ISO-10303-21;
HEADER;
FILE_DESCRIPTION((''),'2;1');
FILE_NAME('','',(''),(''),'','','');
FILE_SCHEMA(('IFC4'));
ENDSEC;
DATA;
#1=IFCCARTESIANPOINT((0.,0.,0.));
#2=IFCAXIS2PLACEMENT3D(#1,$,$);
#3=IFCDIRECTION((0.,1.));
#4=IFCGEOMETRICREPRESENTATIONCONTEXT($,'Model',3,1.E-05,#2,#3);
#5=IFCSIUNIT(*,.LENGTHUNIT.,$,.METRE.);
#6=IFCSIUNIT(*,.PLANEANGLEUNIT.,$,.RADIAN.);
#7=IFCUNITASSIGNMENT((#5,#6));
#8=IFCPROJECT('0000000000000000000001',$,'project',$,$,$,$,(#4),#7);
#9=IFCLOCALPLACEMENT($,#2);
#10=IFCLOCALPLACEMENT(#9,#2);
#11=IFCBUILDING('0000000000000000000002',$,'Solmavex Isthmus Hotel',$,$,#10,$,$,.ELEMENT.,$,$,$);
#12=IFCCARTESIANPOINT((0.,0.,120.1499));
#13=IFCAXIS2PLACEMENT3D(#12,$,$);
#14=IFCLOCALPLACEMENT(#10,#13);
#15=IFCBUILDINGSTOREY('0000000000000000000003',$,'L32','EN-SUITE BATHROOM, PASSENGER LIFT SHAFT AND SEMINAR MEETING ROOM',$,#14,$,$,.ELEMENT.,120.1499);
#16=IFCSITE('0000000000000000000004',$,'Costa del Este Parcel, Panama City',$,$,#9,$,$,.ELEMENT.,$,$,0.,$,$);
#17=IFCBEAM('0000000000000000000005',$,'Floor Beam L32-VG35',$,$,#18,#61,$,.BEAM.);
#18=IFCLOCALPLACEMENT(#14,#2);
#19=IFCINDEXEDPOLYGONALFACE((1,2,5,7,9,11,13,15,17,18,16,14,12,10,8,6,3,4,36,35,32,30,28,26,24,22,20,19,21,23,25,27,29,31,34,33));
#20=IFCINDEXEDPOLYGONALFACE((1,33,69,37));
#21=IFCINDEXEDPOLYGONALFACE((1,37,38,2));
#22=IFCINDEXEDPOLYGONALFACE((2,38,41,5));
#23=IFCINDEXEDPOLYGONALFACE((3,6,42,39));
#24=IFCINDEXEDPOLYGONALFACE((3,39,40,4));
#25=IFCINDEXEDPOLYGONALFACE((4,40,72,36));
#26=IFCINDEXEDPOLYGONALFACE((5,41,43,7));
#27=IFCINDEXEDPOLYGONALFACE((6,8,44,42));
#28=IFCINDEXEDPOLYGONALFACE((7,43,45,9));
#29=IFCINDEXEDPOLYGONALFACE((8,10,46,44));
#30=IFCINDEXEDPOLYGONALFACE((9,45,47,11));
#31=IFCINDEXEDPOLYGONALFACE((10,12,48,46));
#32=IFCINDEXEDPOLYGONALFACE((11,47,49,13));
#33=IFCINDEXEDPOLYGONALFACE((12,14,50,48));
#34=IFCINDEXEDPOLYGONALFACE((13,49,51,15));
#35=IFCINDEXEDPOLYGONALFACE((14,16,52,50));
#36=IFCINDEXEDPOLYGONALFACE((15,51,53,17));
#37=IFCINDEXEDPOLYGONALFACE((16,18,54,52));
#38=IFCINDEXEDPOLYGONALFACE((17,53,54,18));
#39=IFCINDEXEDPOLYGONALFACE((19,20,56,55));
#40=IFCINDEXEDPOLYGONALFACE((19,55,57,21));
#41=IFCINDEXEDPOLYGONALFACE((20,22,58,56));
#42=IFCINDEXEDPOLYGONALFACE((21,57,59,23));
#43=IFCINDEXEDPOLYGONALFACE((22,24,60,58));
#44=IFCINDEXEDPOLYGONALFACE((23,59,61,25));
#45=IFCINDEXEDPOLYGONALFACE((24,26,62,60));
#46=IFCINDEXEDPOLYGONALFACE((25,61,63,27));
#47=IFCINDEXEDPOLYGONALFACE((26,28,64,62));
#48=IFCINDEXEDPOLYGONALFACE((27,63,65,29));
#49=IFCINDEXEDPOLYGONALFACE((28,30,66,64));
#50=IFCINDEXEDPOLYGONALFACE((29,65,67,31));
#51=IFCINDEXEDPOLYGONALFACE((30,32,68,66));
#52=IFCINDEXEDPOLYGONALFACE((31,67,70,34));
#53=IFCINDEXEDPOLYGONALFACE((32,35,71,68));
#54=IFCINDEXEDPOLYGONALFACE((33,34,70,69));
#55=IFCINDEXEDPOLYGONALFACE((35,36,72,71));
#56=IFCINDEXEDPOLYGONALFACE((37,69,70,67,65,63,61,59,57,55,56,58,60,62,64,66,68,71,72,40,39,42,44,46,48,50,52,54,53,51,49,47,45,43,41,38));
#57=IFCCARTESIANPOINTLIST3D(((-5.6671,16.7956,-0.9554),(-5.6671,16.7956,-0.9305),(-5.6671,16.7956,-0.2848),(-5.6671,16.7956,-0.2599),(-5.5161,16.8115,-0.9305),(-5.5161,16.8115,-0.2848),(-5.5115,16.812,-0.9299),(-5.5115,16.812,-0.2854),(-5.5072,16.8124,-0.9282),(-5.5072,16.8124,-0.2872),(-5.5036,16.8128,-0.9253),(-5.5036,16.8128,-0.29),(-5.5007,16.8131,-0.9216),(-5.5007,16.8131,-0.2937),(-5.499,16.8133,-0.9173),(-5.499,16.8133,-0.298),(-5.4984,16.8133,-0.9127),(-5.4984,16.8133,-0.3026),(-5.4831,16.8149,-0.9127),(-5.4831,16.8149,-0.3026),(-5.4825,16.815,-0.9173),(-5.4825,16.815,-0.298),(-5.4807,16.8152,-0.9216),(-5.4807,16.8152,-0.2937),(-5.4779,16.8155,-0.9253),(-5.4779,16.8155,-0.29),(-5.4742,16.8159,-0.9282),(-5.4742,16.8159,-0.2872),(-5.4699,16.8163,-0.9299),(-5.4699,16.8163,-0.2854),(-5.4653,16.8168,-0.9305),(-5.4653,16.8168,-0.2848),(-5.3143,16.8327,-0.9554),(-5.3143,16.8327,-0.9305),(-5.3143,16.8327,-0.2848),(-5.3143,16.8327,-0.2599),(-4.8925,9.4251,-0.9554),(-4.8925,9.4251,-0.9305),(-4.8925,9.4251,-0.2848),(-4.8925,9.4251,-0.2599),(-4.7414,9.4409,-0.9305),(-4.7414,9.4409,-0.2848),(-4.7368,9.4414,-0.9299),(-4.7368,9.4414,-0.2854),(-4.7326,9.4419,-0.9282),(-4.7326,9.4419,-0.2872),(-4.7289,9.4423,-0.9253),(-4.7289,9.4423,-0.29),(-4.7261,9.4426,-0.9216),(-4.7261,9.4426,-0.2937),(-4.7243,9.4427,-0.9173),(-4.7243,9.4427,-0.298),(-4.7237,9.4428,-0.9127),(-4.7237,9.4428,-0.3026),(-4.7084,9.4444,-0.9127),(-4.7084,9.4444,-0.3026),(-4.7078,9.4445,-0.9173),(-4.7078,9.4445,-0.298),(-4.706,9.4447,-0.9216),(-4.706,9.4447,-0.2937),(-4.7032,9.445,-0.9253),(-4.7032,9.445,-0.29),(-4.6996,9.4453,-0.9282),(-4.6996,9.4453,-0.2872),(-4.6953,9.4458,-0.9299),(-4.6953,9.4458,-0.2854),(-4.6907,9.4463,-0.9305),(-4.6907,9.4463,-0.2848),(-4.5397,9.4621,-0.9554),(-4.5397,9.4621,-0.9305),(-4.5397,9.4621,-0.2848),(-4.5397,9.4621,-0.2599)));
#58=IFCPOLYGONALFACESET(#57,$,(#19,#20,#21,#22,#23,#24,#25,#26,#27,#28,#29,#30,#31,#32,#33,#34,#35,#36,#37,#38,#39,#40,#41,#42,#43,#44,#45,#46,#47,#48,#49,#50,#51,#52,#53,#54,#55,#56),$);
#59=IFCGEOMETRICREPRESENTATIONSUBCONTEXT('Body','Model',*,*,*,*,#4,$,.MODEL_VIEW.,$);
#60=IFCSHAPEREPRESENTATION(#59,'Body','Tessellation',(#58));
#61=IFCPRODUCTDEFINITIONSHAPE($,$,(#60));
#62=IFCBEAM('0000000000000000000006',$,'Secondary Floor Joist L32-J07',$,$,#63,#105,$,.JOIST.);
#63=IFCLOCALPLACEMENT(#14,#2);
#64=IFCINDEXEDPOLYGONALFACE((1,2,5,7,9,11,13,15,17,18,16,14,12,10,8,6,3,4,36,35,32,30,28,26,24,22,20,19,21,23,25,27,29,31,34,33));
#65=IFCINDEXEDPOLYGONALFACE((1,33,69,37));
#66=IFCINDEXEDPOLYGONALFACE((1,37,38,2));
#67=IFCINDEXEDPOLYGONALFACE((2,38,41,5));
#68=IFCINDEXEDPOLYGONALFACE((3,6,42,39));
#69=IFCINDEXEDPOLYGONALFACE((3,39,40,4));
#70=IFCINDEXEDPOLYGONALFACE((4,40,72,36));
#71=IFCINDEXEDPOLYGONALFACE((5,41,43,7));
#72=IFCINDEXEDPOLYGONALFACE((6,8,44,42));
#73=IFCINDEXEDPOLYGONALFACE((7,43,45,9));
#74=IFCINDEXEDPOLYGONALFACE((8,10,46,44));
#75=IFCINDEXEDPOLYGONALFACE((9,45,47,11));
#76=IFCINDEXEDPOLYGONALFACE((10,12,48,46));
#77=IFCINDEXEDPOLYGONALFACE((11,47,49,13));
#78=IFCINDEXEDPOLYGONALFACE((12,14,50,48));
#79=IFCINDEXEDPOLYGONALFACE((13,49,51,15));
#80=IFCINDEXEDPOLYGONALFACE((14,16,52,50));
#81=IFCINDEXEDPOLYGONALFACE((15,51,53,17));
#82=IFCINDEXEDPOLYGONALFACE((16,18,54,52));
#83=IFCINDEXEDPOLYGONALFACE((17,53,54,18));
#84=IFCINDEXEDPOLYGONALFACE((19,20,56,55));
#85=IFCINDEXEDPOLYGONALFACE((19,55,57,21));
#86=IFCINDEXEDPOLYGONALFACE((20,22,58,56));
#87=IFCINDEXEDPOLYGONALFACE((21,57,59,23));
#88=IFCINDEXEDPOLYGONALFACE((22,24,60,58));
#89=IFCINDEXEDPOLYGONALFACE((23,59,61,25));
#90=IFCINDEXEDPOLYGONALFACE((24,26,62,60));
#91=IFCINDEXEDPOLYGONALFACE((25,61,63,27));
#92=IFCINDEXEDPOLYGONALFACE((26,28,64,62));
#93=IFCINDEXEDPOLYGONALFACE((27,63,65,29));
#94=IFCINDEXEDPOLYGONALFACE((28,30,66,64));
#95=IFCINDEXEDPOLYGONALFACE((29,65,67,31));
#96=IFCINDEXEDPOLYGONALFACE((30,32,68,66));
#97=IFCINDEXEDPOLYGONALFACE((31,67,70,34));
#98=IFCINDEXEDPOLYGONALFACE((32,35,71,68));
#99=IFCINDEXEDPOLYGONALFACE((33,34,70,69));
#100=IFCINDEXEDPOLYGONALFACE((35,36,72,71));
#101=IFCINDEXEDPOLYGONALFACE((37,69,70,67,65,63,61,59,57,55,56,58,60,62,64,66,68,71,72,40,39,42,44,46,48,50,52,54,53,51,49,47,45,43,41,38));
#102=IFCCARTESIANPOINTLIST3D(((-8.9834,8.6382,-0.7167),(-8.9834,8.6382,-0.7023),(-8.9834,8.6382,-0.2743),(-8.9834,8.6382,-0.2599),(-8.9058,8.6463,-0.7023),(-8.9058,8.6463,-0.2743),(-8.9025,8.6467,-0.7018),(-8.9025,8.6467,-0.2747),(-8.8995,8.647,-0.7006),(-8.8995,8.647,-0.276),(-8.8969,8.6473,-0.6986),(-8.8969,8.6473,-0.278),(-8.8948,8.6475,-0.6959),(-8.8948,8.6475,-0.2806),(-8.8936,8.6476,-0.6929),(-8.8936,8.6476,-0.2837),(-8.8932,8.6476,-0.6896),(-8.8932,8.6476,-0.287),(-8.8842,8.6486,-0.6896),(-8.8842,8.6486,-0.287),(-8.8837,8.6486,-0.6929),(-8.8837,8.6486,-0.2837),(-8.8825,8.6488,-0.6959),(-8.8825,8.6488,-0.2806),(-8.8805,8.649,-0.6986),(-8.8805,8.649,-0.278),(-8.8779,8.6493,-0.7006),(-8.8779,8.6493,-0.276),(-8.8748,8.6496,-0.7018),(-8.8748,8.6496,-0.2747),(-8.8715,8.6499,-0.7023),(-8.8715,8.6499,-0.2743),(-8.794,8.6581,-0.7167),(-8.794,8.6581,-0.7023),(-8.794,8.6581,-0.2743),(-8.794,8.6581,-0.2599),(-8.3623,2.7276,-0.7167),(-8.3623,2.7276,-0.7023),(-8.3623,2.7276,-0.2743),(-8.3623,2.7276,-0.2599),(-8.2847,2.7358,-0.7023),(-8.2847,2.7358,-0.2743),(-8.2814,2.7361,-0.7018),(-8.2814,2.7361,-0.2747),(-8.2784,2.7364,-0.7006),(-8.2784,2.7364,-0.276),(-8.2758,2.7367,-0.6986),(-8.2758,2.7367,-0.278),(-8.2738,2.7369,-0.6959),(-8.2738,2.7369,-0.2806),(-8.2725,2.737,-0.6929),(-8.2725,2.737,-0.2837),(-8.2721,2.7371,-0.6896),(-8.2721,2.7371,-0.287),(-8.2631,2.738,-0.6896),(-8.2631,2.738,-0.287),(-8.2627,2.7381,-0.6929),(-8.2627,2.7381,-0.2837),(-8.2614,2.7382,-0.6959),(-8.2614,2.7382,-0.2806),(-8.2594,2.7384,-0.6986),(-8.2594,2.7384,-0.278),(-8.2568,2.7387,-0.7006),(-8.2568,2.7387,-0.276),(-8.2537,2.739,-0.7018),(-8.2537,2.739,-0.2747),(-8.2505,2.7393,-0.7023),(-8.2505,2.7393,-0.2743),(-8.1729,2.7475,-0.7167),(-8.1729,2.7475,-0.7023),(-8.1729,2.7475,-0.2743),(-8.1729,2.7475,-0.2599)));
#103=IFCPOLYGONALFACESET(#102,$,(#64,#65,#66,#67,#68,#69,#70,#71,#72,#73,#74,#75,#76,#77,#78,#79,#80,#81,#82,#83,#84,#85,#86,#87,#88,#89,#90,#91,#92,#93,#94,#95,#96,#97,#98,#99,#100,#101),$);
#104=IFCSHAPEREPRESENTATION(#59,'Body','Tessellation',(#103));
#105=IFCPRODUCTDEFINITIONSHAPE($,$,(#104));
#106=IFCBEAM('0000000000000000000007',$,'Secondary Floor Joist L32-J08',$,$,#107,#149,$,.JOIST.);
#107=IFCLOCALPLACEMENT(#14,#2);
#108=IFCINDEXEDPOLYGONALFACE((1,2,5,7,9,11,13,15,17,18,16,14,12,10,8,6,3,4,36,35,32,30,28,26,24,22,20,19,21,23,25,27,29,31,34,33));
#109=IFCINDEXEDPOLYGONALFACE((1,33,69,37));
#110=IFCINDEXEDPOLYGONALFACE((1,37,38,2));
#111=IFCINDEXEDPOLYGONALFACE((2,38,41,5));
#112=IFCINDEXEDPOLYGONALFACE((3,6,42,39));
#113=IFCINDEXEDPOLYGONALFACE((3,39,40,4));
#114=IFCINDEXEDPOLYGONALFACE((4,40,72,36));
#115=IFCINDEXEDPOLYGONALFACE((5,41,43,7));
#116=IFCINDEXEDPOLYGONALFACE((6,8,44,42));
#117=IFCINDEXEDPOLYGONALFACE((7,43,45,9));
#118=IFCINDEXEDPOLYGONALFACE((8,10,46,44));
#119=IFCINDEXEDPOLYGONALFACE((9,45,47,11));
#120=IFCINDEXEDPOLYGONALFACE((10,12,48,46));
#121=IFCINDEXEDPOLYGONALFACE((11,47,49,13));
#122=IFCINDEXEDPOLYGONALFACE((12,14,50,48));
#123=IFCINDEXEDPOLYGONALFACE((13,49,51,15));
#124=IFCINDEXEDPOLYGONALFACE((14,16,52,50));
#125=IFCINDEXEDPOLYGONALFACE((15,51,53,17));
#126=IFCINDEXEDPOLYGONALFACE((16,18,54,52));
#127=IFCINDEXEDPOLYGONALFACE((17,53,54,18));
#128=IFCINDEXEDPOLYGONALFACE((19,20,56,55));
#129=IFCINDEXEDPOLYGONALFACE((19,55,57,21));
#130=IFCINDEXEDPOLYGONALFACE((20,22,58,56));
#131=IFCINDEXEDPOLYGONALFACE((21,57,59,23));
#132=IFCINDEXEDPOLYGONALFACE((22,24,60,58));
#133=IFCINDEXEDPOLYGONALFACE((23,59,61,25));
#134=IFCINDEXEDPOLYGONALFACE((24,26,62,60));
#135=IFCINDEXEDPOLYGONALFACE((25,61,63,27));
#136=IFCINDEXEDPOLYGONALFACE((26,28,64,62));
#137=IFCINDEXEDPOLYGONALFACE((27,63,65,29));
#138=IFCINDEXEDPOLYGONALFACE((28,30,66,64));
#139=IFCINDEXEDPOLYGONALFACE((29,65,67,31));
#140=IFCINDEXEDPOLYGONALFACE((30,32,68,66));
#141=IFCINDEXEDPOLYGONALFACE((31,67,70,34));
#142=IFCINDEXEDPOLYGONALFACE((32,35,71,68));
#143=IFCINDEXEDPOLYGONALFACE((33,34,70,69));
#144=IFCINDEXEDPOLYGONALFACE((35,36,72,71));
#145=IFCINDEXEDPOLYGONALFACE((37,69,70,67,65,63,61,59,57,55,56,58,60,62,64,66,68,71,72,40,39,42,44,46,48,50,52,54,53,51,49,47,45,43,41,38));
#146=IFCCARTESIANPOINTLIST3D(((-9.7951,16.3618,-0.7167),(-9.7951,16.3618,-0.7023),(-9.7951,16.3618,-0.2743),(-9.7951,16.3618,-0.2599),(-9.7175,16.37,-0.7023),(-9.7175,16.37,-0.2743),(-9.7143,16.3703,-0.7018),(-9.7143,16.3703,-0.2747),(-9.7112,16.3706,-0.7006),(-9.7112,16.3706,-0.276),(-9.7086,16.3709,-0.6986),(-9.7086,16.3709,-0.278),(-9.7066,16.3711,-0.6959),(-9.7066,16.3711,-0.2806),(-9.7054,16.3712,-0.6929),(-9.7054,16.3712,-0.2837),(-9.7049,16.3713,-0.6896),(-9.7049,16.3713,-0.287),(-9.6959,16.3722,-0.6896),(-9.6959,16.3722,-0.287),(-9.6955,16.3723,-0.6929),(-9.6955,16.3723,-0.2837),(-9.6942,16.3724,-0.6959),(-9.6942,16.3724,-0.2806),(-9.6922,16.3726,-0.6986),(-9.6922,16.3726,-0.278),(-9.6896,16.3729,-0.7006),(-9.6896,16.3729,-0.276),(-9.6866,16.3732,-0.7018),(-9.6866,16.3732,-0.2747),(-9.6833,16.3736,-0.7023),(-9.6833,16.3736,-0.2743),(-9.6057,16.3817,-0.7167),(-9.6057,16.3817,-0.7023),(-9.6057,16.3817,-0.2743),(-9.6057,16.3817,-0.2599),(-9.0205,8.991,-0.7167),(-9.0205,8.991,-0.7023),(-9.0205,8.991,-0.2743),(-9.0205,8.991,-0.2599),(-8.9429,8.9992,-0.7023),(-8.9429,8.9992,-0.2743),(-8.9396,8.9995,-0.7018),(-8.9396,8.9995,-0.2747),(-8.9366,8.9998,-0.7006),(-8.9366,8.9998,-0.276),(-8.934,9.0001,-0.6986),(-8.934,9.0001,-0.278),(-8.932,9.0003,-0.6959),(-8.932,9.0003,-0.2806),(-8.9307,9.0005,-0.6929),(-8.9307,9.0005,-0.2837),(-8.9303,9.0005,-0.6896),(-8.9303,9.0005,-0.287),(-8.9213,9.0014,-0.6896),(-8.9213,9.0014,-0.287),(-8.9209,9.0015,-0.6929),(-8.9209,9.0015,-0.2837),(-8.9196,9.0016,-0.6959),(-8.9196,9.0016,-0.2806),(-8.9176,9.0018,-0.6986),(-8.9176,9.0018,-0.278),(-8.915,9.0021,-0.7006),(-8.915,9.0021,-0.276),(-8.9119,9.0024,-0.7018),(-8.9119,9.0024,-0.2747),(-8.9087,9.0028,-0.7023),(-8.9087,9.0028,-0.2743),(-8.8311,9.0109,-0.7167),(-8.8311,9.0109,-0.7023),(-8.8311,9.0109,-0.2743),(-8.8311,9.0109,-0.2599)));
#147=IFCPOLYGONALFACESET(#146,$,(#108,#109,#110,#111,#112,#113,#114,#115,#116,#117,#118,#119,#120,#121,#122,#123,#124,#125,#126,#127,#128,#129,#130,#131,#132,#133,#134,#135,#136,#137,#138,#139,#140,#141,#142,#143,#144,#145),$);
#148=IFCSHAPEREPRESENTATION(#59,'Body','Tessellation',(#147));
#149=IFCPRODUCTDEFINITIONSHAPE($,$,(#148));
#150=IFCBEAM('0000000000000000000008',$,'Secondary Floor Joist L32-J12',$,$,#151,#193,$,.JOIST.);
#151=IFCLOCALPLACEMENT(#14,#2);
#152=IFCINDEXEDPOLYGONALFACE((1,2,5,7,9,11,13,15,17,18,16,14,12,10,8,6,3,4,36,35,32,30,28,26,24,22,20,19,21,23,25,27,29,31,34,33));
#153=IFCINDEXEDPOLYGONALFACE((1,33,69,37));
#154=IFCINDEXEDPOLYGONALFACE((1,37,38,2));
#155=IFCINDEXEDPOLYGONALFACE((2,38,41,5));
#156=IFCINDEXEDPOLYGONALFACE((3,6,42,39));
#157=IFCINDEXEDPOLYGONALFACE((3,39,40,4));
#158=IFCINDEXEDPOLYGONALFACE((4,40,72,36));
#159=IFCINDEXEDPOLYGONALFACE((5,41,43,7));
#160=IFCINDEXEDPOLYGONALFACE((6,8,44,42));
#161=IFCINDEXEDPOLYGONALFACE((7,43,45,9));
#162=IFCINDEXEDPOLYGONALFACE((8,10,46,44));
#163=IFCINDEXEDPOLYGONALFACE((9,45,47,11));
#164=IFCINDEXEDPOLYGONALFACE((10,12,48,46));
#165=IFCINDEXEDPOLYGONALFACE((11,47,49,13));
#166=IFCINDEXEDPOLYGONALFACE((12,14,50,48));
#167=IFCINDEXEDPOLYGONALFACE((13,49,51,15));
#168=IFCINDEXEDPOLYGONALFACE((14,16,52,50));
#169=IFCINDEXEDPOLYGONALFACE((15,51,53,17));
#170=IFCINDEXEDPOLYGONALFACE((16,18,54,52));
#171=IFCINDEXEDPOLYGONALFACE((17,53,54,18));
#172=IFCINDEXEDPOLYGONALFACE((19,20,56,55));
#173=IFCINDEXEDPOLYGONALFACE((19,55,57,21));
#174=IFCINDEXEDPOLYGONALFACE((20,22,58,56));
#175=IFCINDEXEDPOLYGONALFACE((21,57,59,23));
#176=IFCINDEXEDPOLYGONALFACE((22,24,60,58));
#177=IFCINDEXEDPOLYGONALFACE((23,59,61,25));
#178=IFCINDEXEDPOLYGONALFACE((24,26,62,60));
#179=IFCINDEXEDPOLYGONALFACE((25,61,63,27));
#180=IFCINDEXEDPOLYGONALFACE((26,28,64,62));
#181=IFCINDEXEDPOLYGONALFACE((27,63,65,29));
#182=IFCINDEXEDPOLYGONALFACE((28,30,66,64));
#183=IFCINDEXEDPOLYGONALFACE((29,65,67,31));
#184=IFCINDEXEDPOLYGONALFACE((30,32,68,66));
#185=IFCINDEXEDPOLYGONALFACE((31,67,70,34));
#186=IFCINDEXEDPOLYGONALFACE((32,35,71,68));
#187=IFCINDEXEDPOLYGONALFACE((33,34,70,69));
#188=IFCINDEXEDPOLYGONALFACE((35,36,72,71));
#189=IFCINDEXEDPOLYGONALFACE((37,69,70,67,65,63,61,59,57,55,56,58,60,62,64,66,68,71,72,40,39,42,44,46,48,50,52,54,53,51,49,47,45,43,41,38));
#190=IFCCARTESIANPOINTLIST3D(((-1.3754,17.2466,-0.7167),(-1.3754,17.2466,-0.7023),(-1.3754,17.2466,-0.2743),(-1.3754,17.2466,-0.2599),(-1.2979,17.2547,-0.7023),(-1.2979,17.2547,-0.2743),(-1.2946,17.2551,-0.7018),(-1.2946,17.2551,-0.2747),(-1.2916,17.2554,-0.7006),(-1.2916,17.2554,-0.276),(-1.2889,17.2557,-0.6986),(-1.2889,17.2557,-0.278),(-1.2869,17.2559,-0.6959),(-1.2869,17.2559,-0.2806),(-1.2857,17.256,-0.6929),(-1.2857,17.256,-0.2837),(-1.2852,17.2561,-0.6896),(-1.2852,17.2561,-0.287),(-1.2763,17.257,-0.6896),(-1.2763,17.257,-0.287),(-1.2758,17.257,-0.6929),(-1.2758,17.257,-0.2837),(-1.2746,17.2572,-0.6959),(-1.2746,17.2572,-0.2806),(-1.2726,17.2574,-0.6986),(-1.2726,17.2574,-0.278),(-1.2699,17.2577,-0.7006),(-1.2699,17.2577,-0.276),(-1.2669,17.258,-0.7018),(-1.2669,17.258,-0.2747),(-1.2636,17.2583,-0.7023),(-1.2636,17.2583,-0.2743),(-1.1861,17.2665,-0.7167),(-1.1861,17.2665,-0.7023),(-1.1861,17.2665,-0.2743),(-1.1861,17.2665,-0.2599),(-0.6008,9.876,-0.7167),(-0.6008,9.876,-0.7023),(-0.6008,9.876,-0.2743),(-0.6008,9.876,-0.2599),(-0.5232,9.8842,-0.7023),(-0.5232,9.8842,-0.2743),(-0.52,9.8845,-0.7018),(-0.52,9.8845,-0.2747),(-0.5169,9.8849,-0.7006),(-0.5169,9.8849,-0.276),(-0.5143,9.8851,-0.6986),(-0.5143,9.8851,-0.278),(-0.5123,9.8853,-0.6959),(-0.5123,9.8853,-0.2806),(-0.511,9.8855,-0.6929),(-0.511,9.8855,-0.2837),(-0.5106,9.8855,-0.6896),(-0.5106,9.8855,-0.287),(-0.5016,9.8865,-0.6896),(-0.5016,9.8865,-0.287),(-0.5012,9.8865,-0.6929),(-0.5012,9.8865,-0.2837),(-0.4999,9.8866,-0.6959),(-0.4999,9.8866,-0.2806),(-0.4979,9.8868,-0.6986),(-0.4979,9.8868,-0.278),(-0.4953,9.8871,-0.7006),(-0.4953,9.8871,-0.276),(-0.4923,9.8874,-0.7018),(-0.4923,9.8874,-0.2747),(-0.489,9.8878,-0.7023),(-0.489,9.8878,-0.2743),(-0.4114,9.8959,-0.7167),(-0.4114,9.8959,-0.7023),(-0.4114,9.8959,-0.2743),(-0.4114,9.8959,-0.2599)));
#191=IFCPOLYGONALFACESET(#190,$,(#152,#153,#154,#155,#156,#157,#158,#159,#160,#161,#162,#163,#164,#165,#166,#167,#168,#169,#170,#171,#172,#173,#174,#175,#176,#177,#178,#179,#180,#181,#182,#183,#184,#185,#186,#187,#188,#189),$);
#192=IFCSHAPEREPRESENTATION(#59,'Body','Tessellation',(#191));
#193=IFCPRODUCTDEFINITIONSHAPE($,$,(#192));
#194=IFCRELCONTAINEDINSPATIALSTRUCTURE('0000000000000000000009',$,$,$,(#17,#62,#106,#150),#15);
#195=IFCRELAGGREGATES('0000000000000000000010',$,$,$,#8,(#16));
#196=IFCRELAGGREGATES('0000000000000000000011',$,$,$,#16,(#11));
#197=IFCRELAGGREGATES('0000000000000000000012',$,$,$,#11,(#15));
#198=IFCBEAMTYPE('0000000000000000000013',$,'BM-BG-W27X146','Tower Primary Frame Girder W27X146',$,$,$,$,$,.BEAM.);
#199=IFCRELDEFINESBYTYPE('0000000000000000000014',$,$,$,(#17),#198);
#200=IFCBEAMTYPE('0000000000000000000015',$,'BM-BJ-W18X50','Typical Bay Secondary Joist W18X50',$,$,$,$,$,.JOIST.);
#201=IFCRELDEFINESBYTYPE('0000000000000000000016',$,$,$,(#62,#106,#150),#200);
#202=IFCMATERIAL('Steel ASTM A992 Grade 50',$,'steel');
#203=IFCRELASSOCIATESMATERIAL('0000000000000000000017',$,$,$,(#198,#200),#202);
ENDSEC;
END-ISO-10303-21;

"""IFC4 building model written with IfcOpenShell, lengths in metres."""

from ifc_helpers import new_model, si_unit, direction, frame, origin, origin_2d, place, context, subcontext, project, spatial, i_section, extrude, material, material_profile, profile_set, type_object, element, save


model = new_model("IFC4")

# Units and contexts
model_context = context("Model", 3, precision=1e-05, world=origin(), true_north=direction((0.0, 1.0)))
body_context = subcontext(model_context, "Body", "Model", "MODEL_VIEW")
ifc_project = project(units=[si_unit("LENGTHUNIT", "METRE"), si_unit("PLANEANGLEUNIT", "RADIAN")], contexts=[model_context])

# Site, building, storey
site_placement = place(None, origin())
site = spatial("IfcSite", under=ifc_project, at=site_placement, Name="Costa del Este Parcel, Panama City", CompositionType="ELEMENT", RefElevation=0.0)
building_placement = place(site_placement, origin())
building = spatial("IfcBuilding", under=site, at=building_placement, Name="Solmavex Isthmus Hotel", CompositionType="ELEMENT")
storey_placement = place(building_placement, frame((0.0, 0.0, 120.1499)))
storey = spatial("IfcBuildingStorey", under=building, at=storey_placement, Name="L32", Description="EN-SUITE BATHROOM, PASSENGER LIFT SHAFT AND SEMINAR MEETING ROOM", CompositionType="ELEMENT", Elevation=120.1499)

# Beams
ifc_material_1 = material(Name="Steel ASTM A992 Grade 50", Category="steel")
ifc_material_profile_1 = material_profile(ifc_material_1, i_section(OverallWidth=0.3547, OverallDepth=0.6956, WebThickness=0.0154, FlangeThickness=0.0249, FilletRadius=0.0178, at=origin_2d()), Name="W27X146")
ifc_profile_set_1 = profile_set([ifc_material_profile_1], Name="Steel ASTM A992 Grade 50")
beam_type_1 = type_object("IfcBeamType", Name="BM-BG-W27X146", Description="Tower Primary Frame Girder W27X146", PredefinedType="BEAM", material=ifc_profile_set_1)
beam_1_placement = place(storey_placement, frame((-4.7161, 9.4436, -0.6077), z_axis=(-0.104525, 0.994522, 0.0), x_axis=(-0.994522, -0.104525, 0.0)))
element("IfcBeam", 1, at=beam_1_placement, inside=storey, type_object=beam_type_1, Name="Floor Beam L32-VG35", PredefinedType="BEAM", context=body_context, shape_type="SweptSolid", body=[
    extrude(i_section(OverallWidth=0.3547, OverallDepth=0.6956, WebThickness=0.0154, FlangeThickness=0.0249, FilletRadius=0.0178, at=origin_2d()), origin(), (0.0, 0.0, 1.0), 7.4111),
])
ifc_material_profile_2 = material_profile(ifc_material_1, i_section(OverallWidth=0.1904, OverallDepth=0.4568, WebThickness=0.009, FlangeThickness=0.0144, FilletRadius=0.0127, at=origin_2d()), Name="W18X50")
ifc_profile_set_2 = profile_set([ifc_material_profile_2], Name="Steel ASTM A992 Grade 50")
beam_type_2 = type_object("IfcBeamType", Name="BM-BJ-W18X50", Description="Typical Bay Secondary Joist W18X50", PredefinedType="JOIST", material=ifc_profile_set_2)
beam_2_placement = place(storey_placement, frame((-8.2676, 2.7375, -0.4883), z_axis=(-0.104505, 0.994524, 0.0), x_axis=(-0.994524, -0.104505, 0.0)))
element("IfcBeam", 2, at=beam_2_placement, inside=storey, type_object=beam_type_2, Name="Secondary Floor Joist L32-J07", PredefinedType="JOIST", context=body_context, shape_type="SweptSolid", body=[
    extrude(i_section(OverallWidth=0.1904, OverallDepth=0.4568, WebThickness=0.009, FlangeThickness=0.0144, FilletRadius=0.0127, at=origin_2d()), origin(), (0.0, 0.0, 1.0), 5.9431),
])
beam_3_placement = place(storey_placement, frame((-8.9258, 9.001, -0.4883), z_axis=(-0.104522, 0.994523, 0.0), x_axis=(-0.994523, -0.104522, 0.0)))
element("IfcBeam", 3, at=beam_3_placement, inside=storey, type_object=beam_type_2, Name="Secondary Floor Joist L32-J08", PredefinedType="JOIST", context=body_context, shape_type="SweptSolid", body=[
    extrude(i_section(OverallWidth=0.1904, OverallDepth=0.4568, WebThickness=0.009, FlangeThickness=0.0144, FilletRadius=0.0127, at=origin_2d()), origin(), (0.0, 0.0, 1.0), 7.4114),
])
beam_4_placement = place(storey_placement, frame((-0.5061, 9.886, -0.4883), z_axis=(-0.104525, 0.994522, 0.0), x_axis=(-0.994522, -0.104525, 0.0)))
element("IfcBeam", 4, at=beam_4_placement, inside=storey, type_object=beam_type_2, Name="Secondary Floor Joist L32-J12", PredefinedType="JOIST", context=body_context, shape_type="SweptSolid", body=[
    extrude(i_section(OverallWidth=0.1904, OverallDepth=0.4568, WebThickness=0.009, FlangeThickness=0.0144, FilletRadius=0.0127, at=origin_2d()), origin(), (0.0, 0.0, 1.0), 7.4111),
])

save(model, "model.ifc")
